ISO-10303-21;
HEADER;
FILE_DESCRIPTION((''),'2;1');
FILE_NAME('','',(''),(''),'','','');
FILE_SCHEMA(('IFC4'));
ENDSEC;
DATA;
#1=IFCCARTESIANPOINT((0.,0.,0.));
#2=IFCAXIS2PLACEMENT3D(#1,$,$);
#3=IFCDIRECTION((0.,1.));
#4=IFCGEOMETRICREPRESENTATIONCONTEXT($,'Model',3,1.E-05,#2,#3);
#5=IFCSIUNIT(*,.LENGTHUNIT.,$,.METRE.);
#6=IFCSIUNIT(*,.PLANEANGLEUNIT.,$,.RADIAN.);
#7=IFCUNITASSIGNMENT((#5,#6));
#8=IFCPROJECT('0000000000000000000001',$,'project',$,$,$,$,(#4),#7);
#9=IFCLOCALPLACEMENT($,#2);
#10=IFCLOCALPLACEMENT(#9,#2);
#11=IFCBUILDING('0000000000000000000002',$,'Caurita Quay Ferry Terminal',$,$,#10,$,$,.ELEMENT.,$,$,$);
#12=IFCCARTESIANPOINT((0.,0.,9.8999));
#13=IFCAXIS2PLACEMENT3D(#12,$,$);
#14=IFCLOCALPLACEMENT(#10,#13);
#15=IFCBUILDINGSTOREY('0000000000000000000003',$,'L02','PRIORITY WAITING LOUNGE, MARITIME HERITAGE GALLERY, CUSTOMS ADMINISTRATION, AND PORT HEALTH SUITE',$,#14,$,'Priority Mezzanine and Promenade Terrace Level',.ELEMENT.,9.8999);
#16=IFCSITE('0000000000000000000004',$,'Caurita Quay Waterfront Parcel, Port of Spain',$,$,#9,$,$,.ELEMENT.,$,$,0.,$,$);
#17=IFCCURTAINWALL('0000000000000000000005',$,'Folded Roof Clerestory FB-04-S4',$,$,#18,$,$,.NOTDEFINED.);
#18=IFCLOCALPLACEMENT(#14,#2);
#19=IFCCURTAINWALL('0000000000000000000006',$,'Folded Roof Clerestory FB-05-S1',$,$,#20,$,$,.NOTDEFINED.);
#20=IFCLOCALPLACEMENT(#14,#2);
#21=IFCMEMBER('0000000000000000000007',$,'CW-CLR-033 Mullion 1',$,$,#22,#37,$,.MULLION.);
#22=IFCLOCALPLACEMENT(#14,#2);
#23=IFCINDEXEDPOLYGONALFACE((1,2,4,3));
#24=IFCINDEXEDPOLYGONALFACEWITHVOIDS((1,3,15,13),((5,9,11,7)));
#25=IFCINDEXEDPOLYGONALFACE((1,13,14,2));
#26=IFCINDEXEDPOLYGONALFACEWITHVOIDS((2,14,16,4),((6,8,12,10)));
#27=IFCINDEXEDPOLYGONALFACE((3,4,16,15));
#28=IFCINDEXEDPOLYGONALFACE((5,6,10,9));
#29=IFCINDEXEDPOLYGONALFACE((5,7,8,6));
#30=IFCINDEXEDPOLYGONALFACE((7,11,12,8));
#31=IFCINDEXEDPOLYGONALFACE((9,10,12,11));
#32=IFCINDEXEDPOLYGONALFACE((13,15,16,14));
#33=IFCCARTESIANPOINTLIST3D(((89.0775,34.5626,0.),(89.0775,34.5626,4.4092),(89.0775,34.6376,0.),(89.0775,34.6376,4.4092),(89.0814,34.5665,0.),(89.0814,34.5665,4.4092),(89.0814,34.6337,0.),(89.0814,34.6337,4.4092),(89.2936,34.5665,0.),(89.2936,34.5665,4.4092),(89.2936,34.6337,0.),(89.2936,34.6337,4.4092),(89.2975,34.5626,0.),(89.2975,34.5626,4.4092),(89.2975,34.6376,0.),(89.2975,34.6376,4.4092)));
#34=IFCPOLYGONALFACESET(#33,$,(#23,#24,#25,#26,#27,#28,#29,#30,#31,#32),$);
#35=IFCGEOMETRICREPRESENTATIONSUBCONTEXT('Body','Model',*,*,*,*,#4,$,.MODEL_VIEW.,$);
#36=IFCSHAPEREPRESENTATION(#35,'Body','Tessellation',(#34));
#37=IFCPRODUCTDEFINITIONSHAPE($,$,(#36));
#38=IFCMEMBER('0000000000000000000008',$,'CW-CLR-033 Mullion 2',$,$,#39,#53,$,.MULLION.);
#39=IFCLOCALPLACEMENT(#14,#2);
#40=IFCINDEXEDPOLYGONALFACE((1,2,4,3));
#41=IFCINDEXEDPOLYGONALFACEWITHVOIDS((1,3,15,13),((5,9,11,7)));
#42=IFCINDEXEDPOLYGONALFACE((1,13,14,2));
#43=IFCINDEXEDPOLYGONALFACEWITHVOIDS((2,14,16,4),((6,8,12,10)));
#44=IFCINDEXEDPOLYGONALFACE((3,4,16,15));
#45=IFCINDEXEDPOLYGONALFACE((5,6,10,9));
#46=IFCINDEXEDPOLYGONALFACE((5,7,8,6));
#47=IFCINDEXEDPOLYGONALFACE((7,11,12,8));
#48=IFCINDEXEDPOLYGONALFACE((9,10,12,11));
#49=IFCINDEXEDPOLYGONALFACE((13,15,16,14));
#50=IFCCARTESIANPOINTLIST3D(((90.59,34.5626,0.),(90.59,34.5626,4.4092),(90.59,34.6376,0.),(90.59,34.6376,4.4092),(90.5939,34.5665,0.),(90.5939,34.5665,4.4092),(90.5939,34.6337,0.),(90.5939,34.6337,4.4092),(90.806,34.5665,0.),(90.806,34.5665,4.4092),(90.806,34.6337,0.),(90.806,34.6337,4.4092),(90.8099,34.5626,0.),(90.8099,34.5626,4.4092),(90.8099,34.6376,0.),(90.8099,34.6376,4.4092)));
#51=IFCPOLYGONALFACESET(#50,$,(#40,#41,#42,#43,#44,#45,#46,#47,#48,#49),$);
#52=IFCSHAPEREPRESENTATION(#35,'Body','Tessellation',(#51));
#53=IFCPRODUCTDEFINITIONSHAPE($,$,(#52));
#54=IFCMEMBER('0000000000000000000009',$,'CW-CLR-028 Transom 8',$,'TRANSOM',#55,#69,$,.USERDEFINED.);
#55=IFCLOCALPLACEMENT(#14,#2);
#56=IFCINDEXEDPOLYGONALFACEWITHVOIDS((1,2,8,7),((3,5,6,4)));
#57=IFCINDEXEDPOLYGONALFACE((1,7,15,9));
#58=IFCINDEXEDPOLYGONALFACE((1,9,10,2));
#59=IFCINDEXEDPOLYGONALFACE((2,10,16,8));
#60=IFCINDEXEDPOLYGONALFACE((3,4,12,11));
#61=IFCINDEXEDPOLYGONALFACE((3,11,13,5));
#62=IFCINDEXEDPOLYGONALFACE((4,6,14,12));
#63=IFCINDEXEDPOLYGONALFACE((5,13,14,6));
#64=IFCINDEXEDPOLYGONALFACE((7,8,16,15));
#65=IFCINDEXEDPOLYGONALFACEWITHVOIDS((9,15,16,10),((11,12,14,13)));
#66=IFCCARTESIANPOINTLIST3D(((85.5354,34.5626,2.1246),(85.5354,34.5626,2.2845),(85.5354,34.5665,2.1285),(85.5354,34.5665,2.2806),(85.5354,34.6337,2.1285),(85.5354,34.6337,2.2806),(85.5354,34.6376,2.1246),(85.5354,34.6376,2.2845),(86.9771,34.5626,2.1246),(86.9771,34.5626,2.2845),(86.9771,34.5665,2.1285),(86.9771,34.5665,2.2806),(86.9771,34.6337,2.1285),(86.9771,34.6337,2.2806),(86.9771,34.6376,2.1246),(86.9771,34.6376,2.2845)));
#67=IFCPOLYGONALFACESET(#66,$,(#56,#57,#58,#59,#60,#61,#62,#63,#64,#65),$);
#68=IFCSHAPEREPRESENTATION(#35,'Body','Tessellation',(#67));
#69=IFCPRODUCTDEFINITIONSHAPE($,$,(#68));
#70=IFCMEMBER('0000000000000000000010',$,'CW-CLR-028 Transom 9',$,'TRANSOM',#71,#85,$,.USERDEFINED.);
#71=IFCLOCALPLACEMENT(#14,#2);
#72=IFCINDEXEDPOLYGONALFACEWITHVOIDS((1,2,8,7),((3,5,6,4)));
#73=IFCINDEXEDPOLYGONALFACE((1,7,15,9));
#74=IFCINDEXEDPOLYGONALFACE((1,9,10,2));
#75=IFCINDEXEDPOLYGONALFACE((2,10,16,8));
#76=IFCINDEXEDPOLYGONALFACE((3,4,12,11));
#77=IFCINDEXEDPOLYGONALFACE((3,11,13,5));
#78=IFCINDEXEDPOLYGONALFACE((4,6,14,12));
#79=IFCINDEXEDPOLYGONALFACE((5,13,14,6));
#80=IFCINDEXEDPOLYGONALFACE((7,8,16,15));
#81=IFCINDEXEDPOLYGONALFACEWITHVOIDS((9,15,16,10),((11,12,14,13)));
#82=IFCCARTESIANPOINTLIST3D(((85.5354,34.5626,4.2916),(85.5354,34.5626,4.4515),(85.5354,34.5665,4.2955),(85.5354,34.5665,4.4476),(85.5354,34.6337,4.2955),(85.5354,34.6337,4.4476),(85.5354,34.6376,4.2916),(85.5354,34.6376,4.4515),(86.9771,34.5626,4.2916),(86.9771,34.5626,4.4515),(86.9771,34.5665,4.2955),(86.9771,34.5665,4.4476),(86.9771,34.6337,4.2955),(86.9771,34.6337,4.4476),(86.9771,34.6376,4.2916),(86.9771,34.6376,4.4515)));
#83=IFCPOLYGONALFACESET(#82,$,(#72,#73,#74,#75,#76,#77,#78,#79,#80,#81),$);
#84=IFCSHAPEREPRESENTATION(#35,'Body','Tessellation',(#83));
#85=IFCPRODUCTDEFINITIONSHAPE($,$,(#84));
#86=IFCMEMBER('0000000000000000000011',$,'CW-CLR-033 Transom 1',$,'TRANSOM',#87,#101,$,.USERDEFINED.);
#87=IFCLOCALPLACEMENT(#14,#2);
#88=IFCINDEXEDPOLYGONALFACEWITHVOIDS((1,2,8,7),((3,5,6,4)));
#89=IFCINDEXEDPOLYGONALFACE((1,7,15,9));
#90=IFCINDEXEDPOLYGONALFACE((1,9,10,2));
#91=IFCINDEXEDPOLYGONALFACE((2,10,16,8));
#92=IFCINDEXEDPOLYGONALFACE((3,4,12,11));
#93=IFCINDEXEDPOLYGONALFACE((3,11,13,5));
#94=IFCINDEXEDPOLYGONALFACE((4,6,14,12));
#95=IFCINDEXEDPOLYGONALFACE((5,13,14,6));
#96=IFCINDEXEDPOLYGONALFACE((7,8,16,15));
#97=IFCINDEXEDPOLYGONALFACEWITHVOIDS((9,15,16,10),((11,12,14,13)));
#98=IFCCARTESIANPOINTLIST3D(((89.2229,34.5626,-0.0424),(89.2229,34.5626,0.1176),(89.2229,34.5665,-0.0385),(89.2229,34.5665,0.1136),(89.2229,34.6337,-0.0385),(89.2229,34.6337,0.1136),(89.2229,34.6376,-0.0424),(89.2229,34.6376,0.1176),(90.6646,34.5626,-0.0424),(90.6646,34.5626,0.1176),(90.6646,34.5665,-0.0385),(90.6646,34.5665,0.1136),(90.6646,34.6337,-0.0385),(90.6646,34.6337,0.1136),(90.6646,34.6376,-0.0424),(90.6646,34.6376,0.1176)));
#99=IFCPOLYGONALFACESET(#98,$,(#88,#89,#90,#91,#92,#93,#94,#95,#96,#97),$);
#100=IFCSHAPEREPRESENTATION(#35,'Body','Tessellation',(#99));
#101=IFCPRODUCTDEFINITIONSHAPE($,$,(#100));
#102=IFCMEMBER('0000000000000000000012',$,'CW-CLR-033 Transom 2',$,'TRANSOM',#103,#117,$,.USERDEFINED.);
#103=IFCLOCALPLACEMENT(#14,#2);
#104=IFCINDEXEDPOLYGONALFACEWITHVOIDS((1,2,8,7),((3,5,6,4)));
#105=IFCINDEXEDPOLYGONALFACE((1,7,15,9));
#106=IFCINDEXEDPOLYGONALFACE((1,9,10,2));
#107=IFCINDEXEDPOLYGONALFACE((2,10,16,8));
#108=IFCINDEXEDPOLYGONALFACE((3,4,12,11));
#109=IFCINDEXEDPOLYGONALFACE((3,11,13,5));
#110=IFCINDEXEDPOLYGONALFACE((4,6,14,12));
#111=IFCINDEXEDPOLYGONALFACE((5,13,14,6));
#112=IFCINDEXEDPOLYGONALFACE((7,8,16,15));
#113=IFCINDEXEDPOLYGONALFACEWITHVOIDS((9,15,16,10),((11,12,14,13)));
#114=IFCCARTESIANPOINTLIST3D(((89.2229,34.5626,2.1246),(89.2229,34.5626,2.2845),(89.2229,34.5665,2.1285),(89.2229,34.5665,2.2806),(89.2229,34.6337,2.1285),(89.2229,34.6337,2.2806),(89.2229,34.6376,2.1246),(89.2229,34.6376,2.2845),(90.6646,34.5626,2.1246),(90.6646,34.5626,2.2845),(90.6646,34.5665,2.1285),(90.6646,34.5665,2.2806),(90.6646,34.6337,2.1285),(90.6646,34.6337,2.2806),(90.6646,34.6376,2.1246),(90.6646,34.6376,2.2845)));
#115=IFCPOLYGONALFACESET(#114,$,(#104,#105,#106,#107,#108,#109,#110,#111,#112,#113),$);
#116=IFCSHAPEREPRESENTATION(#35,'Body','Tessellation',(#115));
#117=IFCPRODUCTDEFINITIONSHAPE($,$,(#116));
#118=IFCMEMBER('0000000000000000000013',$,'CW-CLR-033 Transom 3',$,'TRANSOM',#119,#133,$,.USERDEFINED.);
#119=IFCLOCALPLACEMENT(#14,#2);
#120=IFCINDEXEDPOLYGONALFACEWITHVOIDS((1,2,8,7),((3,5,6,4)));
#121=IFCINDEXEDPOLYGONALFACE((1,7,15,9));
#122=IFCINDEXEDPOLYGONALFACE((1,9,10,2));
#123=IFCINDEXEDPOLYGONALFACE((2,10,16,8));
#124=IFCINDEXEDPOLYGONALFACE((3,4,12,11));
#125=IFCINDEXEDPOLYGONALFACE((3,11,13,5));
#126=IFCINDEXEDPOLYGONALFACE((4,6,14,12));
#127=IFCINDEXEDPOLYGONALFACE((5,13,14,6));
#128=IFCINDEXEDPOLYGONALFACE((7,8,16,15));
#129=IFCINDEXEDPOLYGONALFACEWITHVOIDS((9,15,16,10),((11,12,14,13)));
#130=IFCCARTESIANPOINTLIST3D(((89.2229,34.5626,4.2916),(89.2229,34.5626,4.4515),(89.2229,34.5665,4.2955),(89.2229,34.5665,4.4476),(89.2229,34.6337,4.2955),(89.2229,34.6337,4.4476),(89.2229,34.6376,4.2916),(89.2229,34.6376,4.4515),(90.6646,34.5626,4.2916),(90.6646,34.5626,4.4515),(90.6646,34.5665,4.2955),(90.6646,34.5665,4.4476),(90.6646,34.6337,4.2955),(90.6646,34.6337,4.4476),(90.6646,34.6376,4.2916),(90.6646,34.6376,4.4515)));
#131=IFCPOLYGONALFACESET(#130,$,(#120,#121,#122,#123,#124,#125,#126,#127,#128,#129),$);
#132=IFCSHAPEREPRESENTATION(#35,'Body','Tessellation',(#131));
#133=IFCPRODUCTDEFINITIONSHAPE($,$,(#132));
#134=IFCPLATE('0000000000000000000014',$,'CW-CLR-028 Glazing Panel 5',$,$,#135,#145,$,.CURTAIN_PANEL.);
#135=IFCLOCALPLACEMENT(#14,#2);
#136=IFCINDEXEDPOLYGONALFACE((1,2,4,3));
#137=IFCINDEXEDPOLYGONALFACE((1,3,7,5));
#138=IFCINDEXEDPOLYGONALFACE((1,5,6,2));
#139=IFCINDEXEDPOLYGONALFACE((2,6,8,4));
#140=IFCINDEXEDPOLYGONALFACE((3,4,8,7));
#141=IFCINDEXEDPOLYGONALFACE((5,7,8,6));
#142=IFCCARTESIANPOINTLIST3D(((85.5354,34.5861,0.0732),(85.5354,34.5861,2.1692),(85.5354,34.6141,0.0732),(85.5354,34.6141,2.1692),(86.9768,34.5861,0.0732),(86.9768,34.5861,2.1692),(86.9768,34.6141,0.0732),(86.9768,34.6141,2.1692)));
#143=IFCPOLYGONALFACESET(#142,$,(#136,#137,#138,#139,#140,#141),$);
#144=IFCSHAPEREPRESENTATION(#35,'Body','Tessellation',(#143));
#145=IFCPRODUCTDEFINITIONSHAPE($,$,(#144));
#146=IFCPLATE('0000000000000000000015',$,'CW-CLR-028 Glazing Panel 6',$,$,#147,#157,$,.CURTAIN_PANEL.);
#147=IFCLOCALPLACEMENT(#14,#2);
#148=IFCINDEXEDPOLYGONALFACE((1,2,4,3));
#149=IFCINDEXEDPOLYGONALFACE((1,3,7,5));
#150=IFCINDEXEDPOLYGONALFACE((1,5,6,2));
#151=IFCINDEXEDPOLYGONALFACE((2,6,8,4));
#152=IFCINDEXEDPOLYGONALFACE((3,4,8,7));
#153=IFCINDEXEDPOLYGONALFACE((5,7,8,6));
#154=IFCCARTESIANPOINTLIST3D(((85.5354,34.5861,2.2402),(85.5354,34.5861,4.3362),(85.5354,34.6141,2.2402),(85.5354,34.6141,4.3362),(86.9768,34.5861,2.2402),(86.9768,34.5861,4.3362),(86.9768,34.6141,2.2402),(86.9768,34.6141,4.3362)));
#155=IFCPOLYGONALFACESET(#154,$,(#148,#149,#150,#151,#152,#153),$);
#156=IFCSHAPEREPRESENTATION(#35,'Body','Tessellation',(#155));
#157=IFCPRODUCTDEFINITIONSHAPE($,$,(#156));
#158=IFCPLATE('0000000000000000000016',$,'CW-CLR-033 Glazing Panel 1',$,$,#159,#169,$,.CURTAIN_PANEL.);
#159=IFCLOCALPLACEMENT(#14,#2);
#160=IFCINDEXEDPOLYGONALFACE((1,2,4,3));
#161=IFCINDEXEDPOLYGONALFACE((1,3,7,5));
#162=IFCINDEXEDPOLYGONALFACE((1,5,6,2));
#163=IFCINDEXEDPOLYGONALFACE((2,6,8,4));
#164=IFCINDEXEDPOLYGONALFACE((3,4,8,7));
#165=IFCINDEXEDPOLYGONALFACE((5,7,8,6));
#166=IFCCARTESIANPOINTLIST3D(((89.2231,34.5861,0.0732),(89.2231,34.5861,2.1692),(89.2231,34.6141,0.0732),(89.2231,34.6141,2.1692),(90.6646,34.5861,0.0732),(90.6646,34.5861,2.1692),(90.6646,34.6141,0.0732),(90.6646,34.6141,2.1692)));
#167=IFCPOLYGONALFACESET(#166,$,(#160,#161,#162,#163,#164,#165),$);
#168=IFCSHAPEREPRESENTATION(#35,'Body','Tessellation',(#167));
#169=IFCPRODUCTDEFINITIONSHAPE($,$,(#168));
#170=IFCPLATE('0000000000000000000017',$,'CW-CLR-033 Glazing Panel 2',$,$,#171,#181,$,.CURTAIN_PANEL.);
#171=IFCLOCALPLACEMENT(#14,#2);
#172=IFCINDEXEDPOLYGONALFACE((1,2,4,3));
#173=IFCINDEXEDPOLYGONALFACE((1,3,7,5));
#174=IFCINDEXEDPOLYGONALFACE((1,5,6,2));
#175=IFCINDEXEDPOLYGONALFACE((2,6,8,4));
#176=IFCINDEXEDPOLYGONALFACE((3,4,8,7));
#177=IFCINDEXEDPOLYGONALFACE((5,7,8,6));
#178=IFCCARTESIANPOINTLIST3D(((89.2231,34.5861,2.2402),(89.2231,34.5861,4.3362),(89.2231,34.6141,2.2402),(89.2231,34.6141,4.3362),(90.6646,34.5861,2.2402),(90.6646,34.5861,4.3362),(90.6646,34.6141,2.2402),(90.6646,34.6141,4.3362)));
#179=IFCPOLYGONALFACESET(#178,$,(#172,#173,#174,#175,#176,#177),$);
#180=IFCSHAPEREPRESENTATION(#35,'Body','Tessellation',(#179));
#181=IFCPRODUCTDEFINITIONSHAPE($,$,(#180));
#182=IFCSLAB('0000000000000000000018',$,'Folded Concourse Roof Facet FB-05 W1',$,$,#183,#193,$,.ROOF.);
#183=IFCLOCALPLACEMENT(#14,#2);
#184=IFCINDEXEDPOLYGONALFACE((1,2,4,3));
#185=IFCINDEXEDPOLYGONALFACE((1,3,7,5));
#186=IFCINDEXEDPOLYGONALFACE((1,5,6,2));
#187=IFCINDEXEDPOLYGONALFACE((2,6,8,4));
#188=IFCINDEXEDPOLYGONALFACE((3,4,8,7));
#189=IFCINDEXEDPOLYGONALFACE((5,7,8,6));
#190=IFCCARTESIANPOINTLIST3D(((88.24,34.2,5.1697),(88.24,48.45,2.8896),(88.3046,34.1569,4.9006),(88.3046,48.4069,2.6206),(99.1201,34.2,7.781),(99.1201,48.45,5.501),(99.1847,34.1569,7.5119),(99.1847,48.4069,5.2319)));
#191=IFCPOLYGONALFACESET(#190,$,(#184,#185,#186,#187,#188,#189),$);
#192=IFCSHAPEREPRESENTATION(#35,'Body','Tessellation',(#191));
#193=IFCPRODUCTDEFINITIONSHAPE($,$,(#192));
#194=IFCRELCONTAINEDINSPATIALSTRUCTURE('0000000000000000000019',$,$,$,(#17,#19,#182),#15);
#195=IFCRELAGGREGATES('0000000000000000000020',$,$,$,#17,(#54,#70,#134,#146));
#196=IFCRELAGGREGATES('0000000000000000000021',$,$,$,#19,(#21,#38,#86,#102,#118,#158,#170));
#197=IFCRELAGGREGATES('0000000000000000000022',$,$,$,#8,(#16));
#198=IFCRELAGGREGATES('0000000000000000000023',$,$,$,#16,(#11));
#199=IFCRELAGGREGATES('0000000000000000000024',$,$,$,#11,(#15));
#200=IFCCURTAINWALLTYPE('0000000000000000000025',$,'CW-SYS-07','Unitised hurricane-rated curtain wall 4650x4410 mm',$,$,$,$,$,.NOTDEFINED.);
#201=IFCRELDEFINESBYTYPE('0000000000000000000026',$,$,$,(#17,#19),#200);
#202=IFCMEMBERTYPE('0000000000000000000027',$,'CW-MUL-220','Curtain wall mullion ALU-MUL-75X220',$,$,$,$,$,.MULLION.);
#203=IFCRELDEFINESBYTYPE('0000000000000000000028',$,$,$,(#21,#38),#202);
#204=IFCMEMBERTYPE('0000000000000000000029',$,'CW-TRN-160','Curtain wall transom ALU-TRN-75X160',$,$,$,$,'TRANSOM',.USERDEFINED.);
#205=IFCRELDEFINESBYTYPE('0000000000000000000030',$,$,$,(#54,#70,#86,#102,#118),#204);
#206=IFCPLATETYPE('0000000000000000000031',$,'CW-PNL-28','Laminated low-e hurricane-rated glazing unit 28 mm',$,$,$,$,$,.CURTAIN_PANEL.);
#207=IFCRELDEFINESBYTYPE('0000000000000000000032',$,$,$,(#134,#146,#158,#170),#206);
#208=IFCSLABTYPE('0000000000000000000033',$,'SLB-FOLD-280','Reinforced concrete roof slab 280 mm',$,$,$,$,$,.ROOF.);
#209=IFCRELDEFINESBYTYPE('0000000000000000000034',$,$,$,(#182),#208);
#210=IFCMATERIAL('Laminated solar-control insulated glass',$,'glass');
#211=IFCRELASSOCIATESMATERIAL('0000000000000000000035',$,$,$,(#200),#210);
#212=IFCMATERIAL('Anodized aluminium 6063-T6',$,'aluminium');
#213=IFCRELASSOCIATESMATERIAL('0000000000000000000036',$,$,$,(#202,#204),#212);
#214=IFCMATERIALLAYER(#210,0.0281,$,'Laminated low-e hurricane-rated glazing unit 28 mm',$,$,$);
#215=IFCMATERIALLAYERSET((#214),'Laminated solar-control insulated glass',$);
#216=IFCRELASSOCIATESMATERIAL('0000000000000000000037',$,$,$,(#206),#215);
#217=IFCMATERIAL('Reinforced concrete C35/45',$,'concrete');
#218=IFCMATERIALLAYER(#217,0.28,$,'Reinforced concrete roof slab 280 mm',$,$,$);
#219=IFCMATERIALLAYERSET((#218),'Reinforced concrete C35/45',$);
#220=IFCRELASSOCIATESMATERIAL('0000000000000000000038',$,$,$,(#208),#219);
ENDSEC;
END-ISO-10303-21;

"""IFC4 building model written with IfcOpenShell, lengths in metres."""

from ifc_helpers import new_model, si_unit, direction, frame, origin, origin_2d, place, context, subcontext, project, spatial, polyline, rectangle, hollow_rectangle, outline, extrude, material, layer, layer_set, material_profile, profile_set, type_object, element, aggregate, save


model = new_model("IFC4")

# Units and contexts
model_context = context("Model", 3, precision=1e-05, world=origin(), true_north=direction((0.0, 1.0)))
body_context = subcontext(model_context, "Body", "Model", "MODEL_VIEW")
ifc_project = project(units=[si_unit("LENGTHUNIT", "METRE"), si_unit("PLANEANGLEUNIT", "RADIAN")], contexts=[model_context])

# Site, building, storey
site_placement = place(None, origin())
site = spatial("IfcSite", under=ifc_project, at=site_placement, Name="Caurita Quay Waterfront Parcel, Port of Spain", CompositionType="ELEMENT", RefElevation=0.0)
building_placement = place(site_placement, origin())
building = spatial("IfcBuilding", under=site, at=building_placement, Name="Caurita Quay Ferry Terminal", CompositionType="ELEMENT")
storey_placement = place(building_placement, frame((0.0, 0.0, 9.8999)))
storey = spatial("IfcBuildingStorey", under=building, at=storey_placement, Name="L02", Description="PRIORITY WAITING LOUNGE, MARITIME HERITAGE GALLERY, CUSTOMS ADMINISTRATION, AND PORT HEALTH SUITE", LongName="Priority Mezzanine and Promenade Terrace Level", CompositionType="ELEMENT", Elevation=9.8999)

# Curtain wall
ifc_material_1 = material(Name="Laminated solar-control insulated glass", Category="glass")
curtain_wall_type = type_object("IfcCurtainWallType", Name="CW-SYS-07", Description="Unitised hurricane-rated curtain wall 4650x4410 mm", PredefinedType="NOTDEFINED", material=ifc_material_1)
curtain_wall_1_placement = place(storey_placement, origin())
curtain_wall_1 = element("IfcCurtainWall", 1, at=curtain_wall_1_placement, inside=storey, type_object=curtain_wall_type, Name="Folded Roof Clerestory FB-04-S4", PredefinedType="NOTDEFINED")
ifc_material_2 = material(Name="Anodized aluminium 6063-T6", Category="aluminium")
ifc_material_profile_1 = material_profile(ifc_material_2, hollow_rectangle(XDim=0.075, YDim=0.22, WallThickness=0.0039, at=origin_2d()), Name="ALU-MUL-75X220")
ifc_profile_set_1 = profile_set([ifc_material_profile_1], Name="Anodized aluminium 6063-T6")
member_type_1 = type_object("IfcMemberType", Name="CW-MUL-220", Description="Curtain wall mullion ALU-MUL-75X220", PredefinedType="MULLION", material=ifc_profile_set_1)

# Curtain wall, members
curtain_wall_2_placement = place(storey_placement, origin())
curtain_wall_2 = element("IfcCurtainWall", 2, at=curtain_wall_2_placement, inside=storey, type_object=curtain_wall_type, Name="Folded Roof Clerestory FB-05-S1", PredefinedType="NOTDEFINED")
member_1_placement = place(storey_placement, frame((89.1875, 34.6001, 0.0), z_axis=(0.0, 0.0, 1.0), x_axis=(0.0, 1.0, 0.0)))
member_1 = element("IfcMember", 3, at=member_1_placement, type_object=member_type_1, Name="CW-CLR-033 Mullion 1", PredefinedType="MULLION", context=body_context, shape_type="SweptSolid", body=[
    extrude(hollow_rectangle(XDim=0.075, YDim=0.22, WallThickness=0.0039, at=origin_2d()), origin(), (0.0, 0.0, 1.0), 4.4092),
])
member_2_placement = place(storey_placement, frame((90.7, 34.6001, 0.0), z_axis=(0.0, 0.0, 1.0), x_axis=(0.0, 1.0, 0.0)))
member_2 = element("IfcMember", 4, at=member_2_placement, type_object=member_type_1, Name="CW-CLR-033 Mullion 2", PredefinedType="MULLION", context=body_context, shape_type="SweptSolid", body=[
    extrude(hollow_rectangle(XDim=0.075, YDim=0.22, WallThickness=0.0039, at=origin_2d()), origin(), (0.0, 0.0, 1.0), 4.4092),
])

# Members
ifc_material_profile_2 = material_profile(ifc_material_2, hollow_rectangle(XDim=0.075, YDim=0.1599, WallThickness=0.0039, at=origin_2d()), Name="ALU-TRN-75X160")
ifc_profile_set_2 = profile_set([ifc_material_profile_2], Name="Anodized aluminium 6063-T6")
member_type_2 = type_object("IfcMemberType", Name="CW-TRN-160", Description="Curtain wall transom ALU-TRN-75X160", ElementType="TRANSOM", PredefinedType="USERDEFINED", material=ifc_profile_set_2)
member_3_placement = place(storey_placement, frame((85.5354, 34.6001, 2.2046), z_axis=(1.0, 0.0, 0.0), x_axis=(0.0, 1.0, 0.0)))
member_3 = element("IfcMember", 5, at=member_3_placement, type_object=member_type_2, Name="CW-CLR-028 Transom 8", ObjectType="TRANSOM", PredefinedType="USERDEFINED", context=body_context, shape_type="SweptSolid", body=[
    extrude(hollow_rectangle(XDim=0.075, YDim=0.1599, WallThickness=0.0039, at=origin_2d()), origin(), (0.0, 0.0, 1.0), 1.4417),
])
member_4_placement = place(storey_placement, frame((85.5354, 34.6001, 4.3716), z_axis=(1.0, 0.0, 0.0), x_axis=(0.0, 1.0, 0.0)))
member_4 = element("IfcMember", 6, at=member_4_placement, type_object=member_type_2, Name="CW-CLR-028 Transom 9", ObjectType="TRANSOM", PredefinedType="USERDEFINED", context=body_context, shape_type="SweptSolid", body=[
    extrude(hollow_rectangle(XDim=0.075, YDim=0.1599, WallThickness=0.0039, at=origin_2d()), origin(), (0.0, 0.0, 1.0), 1.4417),
])
member_5_placement = place(storey_placement, frame((89.2229, 34.6001, 0.0376), z_axis=(1.0, 0.0, 0.0), x_axis=(0.0, 1.0, 0.0)))
member_5 = element("IfcMember", 7, at=member_5_placement, type_object=member_type_2, Name="CW-CLR-033 Transom 1", ObjectType="TRANSOM", PredefinedType="USERDEFINED", context=body_context, shape_type="SweptSolid", body=[
    extrude(hollow_rectangle(XDim=0.075, YDim=0.1599, WallThickness=0.0039, at=origin_2d()), origin(), (0.0, 0.0, 1.0), 1.4417),
])
member_6_placement = place(storey_placement, frame((89.2229, 34.6001, 2.2046), z_axis=(1.0, 0.0, 0.0), x_axis=(0.0, 1.0, 0.0)))
member_6 = element("IfcMember", 8, at=member_6_placement, type_object=member_type_2, Name="CW-CLR-033 Transom 2", ObjectType="TRANSOM", PredefinedType="USERDEFINED", context=body_context, shape_type="SweptSolid", body=[
    extrude(hollow_rectangle(XDim=0.075, YDim=0.1599, WallThickness=0.0039, at=origin_2d()), origin(), (0.0, 0.0, 1.0), 1.4417),
])
member_7_placement = place(storey_placement, frame((89.2229, 34.6001, 4.3716), z_axis=(1.0, 0.0, 0.0), x_axis=(0.0, 1.0, 0.0)))
member_7 = element("IfcMember", 9, at=member_7_placement, type_object=member_type_2, Name="CW-CLR-033 Transom 3", ObjectType="TRANSOM", PredefinedType="USERDEFINED", context=body_context, shape_type="SweptSolid", body=[
    extrude(hollow_rectangle(XDim=0.075, YDim=0.1599, WallThickness=0.0039, at=origin_2d()), origin(), (0.0, 0.0, 1.0), 1.4417),
])

# Plates
ifc_layer_1 = layer(ifc_material_1, 0.0281, Name="Laminated low-e hurricane-rated glazing unit 28 mm")
ifc_layer_set_1 = layer_set([ifc_layer_1], Name="Laminated solar-control insulated glass")
plate_type = type_object("IfcPlateType", Name="CW-PNL-28", Description="Laminated low-e hurricane-rated glazing unit 28 mm", PredefinedType="CURTAIN_PANEL", material=ifc_layer_set_1)
plate_1_placement = place(storey_placement, frame((86.2561, 34.6001, 0.0732), z_axis=(0.0, 0.0, 1.0), x_axis=(1.0, 0.0, 0.0)))
plate_1 = element("IfcPlate", 10, at=plate_1_placement, type_object=plate_type, Name="CW-CLR-028 Glazing Panel 5", PredefinedType="CURTAIN_PANEL", context=body_context, shape_type="SweptSolid", body=[
    extrude(rectangle(XDim=1.4414, YDim=0.0281, at=origin_2d()), origin(), (0.0, 0.0, 1.0), 2.0959),
])
plate_2_placement = place(storey_placement, frame((86.2561, 34.6001, 2.2402), z_axis=(0.0, 0.0, 1.0), x_axis=(1.0, 0.0, 0.0)))
plate_2 = element("IfcPlate", 11, at=plate_2_placement, type_object=plate_type, Name="CW-CLR-028 Glazing Panel 6", PredefinedType="CURTAIN_PANEL", context=body_context, shape_type="SweptSolid", body=[
    extrude(rectangle(XDim=1.4414, YDim=0.0281, at=origin_2d()), origin(), (0.0, 0.0, 1.0), 2.0959),
])
aggregate(curtain_wall_1, [member_3, member_4, plate_1, plate_2])
plate_3_placement = place(storey_placement, frame((89.9438, 34.6001, 0.0732), z_axis=(0.0, 0.0, 1.0), x_axis=(1.0, 0.0, 0.0)))
plate_3 = element("IfcPlate", 12, at=plate_3_placement, type_object=plate_type, Name="CW-CLR-033 Glazing Panel 1", PredefinedType="CURTAIN_PANEL", context=body_context, shape_type="SweptSolid", body=[
    extrude(rectangle(XDim=1.4414, YDim=0.0281, at=origin_2d()), origin(), (0.0, 0.0, 1.0), 2.0959),
])
plate_4_placement = place(storey_placement, frame((89.9438, 34.6001, 2.2402), z_axis=(0.0, 0.0, 1.0), x_axis=(1.0, 0.0, 0.0)))
plate_4 = element("IfcPlate", 13, at=plate_4_placement, type_object=plate_type, Name="CW-CLR-033 Glazing Panel 2", PredefinedType="CURTAIN_PANEL", context=body_context, shape_type="SweptSolid", body=[
    extrude(rectangle(XDim=1.4414, YDim=0.0281, at=origin_2d()), origin(), (0.0, 0.0, 1.0), 2.0959),
])
aggregate(curtain_wall_2, [member_1, member_2, member_5, member_6, member_7, plate_3, plate_4])

# Slab
ifc_material_3 = material(Name="Reinforced concrete C35/45", Category="concrete")
ifc_layer_2 = layer(ifc_material_3, 0.28, Name="Reinforced concrete roof slab 280 mm")
ifc_layer_set_2 = layer_set([ifc_layer_2], Name="Reinforced concrete C35/45")
slab_type = type_object("IfcSlabType", Name="SLB-FOLD-280", Description="Reinforced concrete roof slab 280 mm", PredefinedType="ROOF", material=ifc_layer_set_2)
slab_placement = place(storey_placement, frame((88.24, 34.2, 5.1697), z_axis=(-0.230607, 0.153734, 0.960826), x_axis=(0.972385, 0.0, 0.233381)))
element("IfcSlab", 14, at=slab_placement, inside=storey, type_object=slab_type, Name="Folded Concourse Roof Facet FB-05 W1", PredefinedType="ROOF", context=body_context, shape_type="SweptSolid", body=[
    extrude(outline(polyline([(0.0, 0.0), (11.1891, 0.0), (10.657, 14.4214), (-0.5321, 14.4214), (0.0, 0.0)])), origin(), (0.0, 0.0, -1.0), 0.28),
])

save(model, "model.ifc")
